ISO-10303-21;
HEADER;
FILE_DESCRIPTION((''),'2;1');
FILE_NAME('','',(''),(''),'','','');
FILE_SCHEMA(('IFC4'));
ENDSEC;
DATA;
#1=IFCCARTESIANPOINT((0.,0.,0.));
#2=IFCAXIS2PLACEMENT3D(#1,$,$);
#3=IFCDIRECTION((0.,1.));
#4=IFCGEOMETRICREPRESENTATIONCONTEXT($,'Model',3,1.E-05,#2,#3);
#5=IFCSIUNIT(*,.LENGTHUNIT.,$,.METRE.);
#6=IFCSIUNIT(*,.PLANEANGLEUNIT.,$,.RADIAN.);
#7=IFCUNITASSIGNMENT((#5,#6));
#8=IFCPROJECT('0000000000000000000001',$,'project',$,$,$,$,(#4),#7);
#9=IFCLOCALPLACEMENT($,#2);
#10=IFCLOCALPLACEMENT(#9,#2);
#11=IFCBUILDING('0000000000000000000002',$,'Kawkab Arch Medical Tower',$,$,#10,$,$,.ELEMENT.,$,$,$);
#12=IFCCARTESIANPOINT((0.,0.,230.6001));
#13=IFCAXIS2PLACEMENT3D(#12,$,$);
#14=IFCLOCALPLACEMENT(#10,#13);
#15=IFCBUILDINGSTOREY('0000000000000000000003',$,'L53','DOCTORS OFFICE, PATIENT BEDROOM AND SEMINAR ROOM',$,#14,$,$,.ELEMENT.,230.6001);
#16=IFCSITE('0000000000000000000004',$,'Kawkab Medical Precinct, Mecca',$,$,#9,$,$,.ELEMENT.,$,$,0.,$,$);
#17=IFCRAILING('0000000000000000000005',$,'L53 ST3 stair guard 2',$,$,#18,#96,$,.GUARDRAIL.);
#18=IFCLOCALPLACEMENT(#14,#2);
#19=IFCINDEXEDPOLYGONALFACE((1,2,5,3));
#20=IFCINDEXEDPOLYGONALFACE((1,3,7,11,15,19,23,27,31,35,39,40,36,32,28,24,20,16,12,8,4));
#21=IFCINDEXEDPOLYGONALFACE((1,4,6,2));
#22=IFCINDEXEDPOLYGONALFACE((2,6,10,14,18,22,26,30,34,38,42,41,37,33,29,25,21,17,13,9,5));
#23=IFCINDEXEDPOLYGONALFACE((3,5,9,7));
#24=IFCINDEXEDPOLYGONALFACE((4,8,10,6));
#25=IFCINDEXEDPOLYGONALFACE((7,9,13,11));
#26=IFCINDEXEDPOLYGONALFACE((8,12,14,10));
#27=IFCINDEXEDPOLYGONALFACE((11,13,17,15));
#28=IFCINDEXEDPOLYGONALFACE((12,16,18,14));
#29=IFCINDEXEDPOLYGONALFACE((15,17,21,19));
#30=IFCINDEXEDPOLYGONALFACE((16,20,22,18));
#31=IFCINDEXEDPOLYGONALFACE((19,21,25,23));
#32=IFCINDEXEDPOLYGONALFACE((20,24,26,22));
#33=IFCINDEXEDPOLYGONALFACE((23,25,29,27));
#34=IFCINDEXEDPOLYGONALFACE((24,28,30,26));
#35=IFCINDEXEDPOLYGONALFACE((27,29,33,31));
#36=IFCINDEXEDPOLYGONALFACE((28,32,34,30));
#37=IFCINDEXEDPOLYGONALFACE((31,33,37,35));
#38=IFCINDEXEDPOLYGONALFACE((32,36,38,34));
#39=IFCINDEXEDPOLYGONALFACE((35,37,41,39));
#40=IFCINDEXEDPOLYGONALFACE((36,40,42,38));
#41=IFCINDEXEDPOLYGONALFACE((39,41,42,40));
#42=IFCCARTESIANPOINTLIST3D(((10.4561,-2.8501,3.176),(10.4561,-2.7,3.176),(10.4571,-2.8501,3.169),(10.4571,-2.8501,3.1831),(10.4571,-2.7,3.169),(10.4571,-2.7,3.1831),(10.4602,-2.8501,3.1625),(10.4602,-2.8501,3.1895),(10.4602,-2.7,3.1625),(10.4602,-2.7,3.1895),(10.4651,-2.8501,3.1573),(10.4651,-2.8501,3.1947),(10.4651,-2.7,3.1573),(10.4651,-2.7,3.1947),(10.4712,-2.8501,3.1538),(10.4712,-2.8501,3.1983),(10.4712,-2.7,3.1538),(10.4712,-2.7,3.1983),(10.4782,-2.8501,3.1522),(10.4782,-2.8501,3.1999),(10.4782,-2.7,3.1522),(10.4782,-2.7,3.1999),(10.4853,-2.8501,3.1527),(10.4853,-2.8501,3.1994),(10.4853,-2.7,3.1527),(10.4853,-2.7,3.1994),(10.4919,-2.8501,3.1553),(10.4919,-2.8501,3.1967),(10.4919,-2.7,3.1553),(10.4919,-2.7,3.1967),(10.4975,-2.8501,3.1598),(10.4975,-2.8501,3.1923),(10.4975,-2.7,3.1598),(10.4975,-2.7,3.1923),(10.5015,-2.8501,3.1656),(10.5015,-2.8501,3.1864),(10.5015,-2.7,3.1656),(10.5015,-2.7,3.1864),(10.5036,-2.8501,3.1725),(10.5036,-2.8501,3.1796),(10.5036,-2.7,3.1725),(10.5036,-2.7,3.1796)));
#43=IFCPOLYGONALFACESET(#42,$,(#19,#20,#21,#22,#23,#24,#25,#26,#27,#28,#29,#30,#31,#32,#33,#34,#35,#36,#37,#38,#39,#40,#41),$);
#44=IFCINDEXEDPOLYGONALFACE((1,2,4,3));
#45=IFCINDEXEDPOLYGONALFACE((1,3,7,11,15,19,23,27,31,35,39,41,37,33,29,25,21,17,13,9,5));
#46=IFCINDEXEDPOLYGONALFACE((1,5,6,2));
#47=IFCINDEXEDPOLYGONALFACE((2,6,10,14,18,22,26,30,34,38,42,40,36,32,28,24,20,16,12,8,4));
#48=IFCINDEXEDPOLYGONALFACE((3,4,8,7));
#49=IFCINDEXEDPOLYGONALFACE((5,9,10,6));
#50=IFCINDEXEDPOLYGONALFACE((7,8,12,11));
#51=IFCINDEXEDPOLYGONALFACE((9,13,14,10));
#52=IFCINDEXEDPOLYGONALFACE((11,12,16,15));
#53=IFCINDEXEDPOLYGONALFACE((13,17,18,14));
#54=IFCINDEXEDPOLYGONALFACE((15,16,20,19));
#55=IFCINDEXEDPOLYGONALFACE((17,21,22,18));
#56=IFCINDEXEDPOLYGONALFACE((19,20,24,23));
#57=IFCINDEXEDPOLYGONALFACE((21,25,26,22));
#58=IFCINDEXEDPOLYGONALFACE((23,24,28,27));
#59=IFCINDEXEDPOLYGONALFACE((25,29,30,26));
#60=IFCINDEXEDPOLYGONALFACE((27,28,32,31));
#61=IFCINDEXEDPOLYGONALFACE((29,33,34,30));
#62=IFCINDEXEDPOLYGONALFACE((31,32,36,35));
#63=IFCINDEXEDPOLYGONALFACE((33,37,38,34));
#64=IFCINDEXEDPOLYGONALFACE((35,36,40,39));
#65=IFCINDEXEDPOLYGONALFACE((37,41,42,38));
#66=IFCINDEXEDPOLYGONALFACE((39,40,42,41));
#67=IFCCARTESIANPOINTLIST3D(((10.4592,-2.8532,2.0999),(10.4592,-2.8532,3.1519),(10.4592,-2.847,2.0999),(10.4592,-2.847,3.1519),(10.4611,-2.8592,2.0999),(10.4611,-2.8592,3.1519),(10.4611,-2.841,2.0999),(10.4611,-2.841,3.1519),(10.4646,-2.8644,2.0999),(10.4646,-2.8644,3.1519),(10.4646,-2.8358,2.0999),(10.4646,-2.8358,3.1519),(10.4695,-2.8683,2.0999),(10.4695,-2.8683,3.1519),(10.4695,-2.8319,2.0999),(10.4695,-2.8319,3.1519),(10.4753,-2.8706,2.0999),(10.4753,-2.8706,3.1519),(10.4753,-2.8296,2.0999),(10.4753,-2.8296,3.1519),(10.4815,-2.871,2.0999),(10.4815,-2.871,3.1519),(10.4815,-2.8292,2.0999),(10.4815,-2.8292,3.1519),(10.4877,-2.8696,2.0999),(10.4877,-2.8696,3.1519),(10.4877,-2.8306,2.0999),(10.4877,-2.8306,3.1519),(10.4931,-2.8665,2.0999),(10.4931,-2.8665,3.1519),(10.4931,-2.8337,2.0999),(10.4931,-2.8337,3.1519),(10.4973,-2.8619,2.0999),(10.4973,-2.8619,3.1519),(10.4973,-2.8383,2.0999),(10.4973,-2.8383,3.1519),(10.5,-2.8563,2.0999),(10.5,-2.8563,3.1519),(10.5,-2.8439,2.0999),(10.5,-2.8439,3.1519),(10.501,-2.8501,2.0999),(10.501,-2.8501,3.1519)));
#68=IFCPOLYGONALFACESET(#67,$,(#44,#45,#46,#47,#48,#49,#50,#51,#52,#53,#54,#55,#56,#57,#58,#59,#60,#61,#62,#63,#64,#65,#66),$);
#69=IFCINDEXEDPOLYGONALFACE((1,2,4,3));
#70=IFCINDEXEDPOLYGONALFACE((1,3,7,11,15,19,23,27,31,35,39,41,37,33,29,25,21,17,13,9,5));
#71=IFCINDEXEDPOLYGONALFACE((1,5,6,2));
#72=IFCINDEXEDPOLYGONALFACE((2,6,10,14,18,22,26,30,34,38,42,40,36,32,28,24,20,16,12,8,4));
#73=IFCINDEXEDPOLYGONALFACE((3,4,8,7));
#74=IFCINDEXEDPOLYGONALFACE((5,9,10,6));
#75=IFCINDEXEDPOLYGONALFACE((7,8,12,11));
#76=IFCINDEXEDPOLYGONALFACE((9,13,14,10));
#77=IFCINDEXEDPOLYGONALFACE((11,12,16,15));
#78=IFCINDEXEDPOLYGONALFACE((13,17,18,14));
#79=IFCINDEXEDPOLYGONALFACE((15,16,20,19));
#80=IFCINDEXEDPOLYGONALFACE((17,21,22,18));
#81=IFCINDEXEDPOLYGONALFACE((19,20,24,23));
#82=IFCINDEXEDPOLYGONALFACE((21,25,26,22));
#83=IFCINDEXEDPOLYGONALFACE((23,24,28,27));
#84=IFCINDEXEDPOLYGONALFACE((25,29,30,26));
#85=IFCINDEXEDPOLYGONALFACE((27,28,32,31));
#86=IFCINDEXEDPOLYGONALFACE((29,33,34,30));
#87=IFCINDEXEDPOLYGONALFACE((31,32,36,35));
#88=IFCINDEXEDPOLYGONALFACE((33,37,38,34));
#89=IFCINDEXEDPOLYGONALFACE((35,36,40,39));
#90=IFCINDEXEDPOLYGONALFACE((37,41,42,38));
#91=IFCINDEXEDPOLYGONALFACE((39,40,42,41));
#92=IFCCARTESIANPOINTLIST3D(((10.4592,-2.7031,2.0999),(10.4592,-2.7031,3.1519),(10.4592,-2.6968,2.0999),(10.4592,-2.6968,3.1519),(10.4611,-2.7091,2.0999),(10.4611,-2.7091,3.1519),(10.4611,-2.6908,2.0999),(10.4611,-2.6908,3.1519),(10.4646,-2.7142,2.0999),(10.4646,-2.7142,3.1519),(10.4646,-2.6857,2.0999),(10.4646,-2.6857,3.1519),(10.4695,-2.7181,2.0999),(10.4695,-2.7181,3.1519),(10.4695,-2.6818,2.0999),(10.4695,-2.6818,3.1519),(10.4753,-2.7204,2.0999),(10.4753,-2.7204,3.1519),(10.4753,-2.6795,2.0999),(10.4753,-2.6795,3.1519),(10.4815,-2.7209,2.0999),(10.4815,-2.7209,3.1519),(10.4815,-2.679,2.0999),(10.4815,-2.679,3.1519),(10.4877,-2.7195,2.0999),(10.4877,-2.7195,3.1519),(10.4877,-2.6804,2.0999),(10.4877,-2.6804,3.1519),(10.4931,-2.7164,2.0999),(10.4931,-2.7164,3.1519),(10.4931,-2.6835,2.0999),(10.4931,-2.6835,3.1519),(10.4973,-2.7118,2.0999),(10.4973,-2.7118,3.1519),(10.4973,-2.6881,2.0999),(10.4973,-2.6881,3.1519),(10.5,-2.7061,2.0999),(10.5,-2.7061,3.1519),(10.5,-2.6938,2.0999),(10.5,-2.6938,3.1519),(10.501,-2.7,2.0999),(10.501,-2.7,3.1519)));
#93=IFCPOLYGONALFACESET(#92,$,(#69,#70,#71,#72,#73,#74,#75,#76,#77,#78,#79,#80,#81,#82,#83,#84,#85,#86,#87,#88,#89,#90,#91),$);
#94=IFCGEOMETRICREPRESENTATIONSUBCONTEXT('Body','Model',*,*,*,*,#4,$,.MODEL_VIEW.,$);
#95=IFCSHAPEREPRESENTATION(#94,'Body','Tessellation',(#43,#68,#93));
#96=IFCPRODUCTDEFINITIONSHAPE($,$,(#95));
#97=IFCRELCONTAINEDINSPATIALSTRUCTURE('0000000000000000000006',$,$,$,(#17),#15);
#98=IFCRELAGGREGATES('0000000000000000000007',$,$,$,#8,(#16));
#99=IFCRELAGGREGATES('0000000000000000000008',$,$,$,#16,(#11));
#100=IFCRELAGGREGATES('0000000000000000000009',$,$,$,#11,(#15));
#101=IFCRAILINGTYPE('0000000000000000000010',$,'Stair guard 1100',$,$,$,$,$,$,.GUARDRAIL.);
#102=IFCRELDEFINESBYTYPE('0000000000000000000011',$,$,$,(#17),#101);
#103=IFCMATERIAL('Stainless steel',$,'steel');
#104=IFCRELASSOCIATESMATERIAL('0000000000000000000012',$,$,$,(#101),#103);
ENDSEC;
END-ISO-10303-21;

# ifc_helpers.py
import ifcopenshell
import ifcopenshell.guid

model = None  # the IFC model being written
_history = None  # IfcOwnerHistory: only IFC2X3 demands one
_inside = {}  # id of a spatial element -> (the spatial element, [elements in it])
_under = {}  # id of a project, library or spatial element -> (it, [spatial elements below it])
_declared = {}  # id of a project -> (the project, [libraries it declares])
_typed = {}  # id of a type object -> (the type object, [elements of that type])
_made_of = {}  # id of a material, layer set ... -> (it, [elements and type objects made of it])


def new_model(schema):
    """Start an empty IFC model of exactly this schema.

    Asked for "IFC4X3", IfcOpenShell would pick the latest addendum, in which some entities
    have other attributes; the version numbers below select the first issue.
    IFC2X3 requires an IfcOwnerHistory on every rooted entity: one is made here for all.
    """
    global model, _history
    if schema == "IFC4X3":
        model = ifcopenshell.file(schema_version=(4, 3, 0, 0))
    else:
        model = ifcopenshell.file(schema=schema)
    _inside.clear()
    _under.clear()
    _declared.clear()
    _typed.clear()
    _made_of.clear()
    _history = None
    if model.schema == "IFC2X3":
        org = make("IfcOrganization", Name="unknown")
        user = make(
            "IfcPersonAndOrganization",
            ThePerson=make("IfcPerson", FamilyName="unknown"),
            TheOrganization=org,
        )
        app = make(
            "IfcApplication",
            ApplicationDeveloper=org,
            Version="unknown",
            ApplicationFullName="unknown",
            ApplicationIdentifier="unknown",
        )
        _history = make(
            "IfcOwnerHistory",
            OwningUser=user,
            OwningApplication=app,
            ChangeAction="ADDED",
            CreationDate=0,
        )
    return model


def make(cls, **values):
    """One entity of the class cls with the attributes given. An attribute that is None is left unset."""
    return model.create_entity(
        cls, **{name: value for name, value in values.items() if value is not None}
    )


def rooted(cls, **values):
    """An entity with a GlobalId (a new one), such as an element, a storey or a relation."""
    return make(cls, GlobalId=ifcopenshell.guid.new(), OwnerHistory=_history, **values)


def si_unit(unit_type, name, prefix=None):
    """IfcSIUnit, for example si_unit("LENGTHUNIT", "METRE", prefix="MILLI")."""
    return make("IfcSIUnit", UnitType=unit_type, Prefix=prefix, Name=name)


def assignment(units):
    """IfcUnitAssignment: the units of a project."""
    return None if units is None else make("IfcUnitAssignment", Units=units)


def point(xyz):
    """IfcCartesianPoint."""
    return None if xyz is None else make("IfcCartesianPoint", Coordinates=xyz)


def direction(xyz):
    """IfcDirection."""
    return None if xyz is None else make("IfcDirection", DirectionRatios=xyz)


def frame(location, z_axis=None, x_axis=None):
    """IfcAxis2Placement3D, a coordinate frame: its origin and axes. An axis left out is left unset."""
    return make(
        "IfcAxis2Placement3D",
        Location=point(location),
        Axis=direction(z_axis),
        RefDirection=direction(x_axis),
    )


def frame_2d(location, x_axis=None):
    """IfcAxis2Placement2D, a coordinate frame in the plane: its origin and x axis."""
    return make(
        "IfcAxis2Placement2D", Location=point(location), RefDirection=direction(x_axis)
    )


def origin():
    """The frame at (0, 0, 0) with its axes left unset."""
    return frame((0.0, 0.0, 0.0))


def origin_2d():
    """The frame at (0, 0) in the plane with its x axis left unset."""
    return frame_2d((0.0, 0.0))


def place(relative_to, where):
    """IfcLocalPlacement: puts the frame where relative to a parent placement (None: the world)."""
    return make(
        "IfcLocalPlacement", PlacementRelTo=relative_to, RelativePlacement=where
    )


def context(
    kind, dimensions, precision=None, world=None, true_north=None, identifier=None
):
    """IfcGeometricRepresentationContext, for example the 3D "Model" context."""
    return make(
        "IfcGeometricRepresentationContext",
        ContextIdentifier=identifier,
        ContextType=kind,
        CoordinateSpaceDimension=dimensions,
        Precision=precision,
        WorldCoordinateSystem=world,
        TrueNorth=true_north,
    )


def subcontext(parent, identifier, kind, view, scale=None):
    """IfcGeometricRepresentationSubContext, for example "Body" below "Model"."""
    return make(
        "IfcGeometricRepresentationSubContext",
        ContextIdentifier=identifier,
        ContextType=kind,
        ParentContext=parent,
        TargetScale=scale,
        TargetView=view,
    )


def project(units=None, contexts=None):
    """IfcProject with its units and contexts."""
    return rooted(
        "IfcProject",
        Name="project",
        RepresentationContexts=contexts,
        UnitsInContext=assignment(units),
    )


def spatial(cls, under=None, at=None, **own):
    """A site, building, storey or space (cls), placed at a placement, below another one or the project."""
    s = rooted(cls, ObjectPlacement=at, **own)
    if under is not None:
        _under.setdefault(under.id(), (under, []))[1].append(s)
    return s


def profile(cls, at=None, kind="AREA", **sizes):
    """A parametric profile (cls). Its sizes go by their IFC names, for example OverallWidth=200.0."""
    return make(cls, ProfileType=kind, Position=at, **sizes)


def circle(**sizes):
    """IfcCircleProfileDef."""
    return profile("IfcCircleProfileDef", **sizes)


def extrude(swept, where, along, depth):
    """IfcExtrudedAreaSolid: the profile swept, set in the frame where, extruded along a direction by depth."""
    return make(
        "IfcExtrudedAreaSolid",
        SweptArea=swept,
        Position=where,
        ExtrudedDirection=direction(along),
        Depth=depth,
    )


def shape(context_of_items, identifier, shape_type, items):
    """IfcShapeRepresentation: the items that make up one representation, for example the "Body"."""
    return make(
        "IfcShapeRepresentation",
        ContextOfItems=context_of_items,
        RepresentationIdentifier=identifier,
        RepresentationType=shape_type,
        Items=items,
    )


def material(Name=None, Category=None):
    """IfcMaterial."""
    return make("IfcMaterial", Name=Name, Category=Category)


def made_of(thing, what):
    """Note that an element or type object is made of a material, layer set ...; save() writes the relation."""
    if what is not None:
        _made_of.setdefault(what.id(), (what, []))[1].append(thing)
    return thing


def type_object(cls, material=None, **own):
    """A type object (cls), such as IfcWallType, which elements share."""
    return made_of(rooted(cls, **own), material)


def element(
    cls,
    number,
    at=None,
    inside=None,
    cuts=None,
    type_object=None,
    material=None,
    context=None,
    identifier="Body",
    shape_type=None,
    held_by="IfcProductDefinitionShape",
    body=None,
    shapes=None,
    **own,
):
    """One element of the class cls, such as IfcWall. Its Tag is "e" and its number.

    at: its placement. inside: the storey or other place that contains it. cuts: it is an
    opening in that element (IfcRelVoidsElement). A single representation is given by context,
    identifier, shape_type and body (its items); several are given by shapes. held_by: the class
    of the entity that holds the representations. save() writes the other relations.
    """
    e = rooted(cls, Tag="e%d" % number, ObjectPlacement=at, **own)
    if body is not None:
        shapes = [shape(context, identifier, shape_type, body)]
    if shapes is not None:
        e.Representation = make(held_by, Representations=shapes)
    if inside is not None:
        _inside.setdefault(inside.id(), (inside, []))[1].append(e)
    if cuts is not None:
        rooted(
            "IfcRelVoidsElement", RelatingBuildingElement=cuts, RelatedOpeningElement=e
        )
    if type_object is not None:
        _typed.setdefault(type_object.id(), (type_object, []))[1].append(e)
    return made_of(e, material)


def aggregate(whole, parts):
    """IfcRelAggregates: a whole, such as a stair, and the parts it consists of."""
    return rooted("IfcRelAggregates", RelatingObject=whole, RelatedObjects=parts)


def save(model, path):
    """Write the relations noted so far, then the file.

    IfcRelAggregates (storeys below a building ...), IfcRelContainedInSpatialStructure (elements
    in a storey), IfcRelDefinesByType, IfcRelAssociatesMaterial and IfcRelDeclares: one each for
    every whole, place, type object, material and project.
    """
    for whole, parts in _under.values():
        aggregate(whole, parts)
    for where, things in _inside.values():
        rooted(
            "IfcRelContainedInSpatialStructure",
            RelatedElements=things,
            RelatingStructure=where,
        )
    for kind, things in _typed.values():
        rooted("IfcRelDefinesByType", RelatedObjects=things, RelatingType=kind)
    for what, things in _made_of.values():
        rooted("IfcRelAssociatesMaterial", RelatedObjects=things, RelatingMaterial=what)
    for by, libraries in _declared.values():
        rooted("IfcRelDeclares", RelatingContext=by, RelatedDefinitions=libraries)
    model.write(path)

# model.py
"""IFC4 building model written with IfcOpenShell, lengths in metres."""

from ifc_helpers import new_model, si_unit, direction, frame, origin, origin_2d, place, context, subcontext, project, spatial, circle, extrude, material, type_object, element, save


model = new_model("IFC4")

# Units and contexts
model_context = context("Model", 3, precision=1e-05, world=origin(), true_north=direction((0.0, 1.0)))
body_context = subcontext(model_context, "Body", "Model", "MODEL_VIEW")
ifc_project = project(units=[si_unit("LENGTHUNIT", "METRE"), si_unit("PLANEANGLEUNIT", "RADIAN")], contexts=[model_context])

# Site, building, storey
site_placement = place(None, origin())
site = spatial("IfcSite", under=ifc_project, at=site_placement, Name="Kawkab Medical Precinct, Mecca", CompositionType="ELEMENT", RefElevation=0.0)
building_placement = place(site_placement, origin())
building = spatial("IfcBuilding", under=site, at=building_placement, Name="Kawkab Arch Medical Tower", CompositionType="ELEMENT")
storey_placement = place(building_placement, frame((0.0, 0.0, 230.6001)))
storey = spatial("IfcBuildingStorey", under=building, at=storey_placement, Name="L53", Description="DOCTORS OFFICE, PATIENT BEDROOM AND SEMINAR ROOM", CompositionType="ELEMENT", Elevation=230.6001)

# Railing
ifc_material_1 = material(Name="Stainless steel", Category="steel")
railing_type = type_object("IfcRailingType", Name="Stair guard 1100", PredefinedType="GUARDRAIL", material=ifc_material_1)
railing_1_placement = place(storey_placement, frame((10.48, -2.8501, 2.0999)))
element("IfcRailing", 1, at=railing_1_placement, inside=storey, type_object=railing_type, Name="L53 ST3 stair guard 2", PredefinedType="GUARDRAIL", context=body_context, shape_type="SweptSolid", body=[
    extrude(circle(Radius=0.0239, at=origin_2d()), frame((0.0, 0.0, 1.0762), z_axis=(0.0, 1.0, 0.0), x_axis=(-1.0, 0.0, 0.0)), (0.0, 0.0, 1.0), 0.1501),
    extrude(circle(Radius=0.021, at=origin_2d()), origin(), (0.0, 0.0, 1.0), 1.052),
    extrude(circle(Radius=0.021, at=origin_2d()), frame((0.0, 0.1501, 0.0)), (0.0, 0.0, 1.0), 1.052),
])

save(model, "model.ifc")
